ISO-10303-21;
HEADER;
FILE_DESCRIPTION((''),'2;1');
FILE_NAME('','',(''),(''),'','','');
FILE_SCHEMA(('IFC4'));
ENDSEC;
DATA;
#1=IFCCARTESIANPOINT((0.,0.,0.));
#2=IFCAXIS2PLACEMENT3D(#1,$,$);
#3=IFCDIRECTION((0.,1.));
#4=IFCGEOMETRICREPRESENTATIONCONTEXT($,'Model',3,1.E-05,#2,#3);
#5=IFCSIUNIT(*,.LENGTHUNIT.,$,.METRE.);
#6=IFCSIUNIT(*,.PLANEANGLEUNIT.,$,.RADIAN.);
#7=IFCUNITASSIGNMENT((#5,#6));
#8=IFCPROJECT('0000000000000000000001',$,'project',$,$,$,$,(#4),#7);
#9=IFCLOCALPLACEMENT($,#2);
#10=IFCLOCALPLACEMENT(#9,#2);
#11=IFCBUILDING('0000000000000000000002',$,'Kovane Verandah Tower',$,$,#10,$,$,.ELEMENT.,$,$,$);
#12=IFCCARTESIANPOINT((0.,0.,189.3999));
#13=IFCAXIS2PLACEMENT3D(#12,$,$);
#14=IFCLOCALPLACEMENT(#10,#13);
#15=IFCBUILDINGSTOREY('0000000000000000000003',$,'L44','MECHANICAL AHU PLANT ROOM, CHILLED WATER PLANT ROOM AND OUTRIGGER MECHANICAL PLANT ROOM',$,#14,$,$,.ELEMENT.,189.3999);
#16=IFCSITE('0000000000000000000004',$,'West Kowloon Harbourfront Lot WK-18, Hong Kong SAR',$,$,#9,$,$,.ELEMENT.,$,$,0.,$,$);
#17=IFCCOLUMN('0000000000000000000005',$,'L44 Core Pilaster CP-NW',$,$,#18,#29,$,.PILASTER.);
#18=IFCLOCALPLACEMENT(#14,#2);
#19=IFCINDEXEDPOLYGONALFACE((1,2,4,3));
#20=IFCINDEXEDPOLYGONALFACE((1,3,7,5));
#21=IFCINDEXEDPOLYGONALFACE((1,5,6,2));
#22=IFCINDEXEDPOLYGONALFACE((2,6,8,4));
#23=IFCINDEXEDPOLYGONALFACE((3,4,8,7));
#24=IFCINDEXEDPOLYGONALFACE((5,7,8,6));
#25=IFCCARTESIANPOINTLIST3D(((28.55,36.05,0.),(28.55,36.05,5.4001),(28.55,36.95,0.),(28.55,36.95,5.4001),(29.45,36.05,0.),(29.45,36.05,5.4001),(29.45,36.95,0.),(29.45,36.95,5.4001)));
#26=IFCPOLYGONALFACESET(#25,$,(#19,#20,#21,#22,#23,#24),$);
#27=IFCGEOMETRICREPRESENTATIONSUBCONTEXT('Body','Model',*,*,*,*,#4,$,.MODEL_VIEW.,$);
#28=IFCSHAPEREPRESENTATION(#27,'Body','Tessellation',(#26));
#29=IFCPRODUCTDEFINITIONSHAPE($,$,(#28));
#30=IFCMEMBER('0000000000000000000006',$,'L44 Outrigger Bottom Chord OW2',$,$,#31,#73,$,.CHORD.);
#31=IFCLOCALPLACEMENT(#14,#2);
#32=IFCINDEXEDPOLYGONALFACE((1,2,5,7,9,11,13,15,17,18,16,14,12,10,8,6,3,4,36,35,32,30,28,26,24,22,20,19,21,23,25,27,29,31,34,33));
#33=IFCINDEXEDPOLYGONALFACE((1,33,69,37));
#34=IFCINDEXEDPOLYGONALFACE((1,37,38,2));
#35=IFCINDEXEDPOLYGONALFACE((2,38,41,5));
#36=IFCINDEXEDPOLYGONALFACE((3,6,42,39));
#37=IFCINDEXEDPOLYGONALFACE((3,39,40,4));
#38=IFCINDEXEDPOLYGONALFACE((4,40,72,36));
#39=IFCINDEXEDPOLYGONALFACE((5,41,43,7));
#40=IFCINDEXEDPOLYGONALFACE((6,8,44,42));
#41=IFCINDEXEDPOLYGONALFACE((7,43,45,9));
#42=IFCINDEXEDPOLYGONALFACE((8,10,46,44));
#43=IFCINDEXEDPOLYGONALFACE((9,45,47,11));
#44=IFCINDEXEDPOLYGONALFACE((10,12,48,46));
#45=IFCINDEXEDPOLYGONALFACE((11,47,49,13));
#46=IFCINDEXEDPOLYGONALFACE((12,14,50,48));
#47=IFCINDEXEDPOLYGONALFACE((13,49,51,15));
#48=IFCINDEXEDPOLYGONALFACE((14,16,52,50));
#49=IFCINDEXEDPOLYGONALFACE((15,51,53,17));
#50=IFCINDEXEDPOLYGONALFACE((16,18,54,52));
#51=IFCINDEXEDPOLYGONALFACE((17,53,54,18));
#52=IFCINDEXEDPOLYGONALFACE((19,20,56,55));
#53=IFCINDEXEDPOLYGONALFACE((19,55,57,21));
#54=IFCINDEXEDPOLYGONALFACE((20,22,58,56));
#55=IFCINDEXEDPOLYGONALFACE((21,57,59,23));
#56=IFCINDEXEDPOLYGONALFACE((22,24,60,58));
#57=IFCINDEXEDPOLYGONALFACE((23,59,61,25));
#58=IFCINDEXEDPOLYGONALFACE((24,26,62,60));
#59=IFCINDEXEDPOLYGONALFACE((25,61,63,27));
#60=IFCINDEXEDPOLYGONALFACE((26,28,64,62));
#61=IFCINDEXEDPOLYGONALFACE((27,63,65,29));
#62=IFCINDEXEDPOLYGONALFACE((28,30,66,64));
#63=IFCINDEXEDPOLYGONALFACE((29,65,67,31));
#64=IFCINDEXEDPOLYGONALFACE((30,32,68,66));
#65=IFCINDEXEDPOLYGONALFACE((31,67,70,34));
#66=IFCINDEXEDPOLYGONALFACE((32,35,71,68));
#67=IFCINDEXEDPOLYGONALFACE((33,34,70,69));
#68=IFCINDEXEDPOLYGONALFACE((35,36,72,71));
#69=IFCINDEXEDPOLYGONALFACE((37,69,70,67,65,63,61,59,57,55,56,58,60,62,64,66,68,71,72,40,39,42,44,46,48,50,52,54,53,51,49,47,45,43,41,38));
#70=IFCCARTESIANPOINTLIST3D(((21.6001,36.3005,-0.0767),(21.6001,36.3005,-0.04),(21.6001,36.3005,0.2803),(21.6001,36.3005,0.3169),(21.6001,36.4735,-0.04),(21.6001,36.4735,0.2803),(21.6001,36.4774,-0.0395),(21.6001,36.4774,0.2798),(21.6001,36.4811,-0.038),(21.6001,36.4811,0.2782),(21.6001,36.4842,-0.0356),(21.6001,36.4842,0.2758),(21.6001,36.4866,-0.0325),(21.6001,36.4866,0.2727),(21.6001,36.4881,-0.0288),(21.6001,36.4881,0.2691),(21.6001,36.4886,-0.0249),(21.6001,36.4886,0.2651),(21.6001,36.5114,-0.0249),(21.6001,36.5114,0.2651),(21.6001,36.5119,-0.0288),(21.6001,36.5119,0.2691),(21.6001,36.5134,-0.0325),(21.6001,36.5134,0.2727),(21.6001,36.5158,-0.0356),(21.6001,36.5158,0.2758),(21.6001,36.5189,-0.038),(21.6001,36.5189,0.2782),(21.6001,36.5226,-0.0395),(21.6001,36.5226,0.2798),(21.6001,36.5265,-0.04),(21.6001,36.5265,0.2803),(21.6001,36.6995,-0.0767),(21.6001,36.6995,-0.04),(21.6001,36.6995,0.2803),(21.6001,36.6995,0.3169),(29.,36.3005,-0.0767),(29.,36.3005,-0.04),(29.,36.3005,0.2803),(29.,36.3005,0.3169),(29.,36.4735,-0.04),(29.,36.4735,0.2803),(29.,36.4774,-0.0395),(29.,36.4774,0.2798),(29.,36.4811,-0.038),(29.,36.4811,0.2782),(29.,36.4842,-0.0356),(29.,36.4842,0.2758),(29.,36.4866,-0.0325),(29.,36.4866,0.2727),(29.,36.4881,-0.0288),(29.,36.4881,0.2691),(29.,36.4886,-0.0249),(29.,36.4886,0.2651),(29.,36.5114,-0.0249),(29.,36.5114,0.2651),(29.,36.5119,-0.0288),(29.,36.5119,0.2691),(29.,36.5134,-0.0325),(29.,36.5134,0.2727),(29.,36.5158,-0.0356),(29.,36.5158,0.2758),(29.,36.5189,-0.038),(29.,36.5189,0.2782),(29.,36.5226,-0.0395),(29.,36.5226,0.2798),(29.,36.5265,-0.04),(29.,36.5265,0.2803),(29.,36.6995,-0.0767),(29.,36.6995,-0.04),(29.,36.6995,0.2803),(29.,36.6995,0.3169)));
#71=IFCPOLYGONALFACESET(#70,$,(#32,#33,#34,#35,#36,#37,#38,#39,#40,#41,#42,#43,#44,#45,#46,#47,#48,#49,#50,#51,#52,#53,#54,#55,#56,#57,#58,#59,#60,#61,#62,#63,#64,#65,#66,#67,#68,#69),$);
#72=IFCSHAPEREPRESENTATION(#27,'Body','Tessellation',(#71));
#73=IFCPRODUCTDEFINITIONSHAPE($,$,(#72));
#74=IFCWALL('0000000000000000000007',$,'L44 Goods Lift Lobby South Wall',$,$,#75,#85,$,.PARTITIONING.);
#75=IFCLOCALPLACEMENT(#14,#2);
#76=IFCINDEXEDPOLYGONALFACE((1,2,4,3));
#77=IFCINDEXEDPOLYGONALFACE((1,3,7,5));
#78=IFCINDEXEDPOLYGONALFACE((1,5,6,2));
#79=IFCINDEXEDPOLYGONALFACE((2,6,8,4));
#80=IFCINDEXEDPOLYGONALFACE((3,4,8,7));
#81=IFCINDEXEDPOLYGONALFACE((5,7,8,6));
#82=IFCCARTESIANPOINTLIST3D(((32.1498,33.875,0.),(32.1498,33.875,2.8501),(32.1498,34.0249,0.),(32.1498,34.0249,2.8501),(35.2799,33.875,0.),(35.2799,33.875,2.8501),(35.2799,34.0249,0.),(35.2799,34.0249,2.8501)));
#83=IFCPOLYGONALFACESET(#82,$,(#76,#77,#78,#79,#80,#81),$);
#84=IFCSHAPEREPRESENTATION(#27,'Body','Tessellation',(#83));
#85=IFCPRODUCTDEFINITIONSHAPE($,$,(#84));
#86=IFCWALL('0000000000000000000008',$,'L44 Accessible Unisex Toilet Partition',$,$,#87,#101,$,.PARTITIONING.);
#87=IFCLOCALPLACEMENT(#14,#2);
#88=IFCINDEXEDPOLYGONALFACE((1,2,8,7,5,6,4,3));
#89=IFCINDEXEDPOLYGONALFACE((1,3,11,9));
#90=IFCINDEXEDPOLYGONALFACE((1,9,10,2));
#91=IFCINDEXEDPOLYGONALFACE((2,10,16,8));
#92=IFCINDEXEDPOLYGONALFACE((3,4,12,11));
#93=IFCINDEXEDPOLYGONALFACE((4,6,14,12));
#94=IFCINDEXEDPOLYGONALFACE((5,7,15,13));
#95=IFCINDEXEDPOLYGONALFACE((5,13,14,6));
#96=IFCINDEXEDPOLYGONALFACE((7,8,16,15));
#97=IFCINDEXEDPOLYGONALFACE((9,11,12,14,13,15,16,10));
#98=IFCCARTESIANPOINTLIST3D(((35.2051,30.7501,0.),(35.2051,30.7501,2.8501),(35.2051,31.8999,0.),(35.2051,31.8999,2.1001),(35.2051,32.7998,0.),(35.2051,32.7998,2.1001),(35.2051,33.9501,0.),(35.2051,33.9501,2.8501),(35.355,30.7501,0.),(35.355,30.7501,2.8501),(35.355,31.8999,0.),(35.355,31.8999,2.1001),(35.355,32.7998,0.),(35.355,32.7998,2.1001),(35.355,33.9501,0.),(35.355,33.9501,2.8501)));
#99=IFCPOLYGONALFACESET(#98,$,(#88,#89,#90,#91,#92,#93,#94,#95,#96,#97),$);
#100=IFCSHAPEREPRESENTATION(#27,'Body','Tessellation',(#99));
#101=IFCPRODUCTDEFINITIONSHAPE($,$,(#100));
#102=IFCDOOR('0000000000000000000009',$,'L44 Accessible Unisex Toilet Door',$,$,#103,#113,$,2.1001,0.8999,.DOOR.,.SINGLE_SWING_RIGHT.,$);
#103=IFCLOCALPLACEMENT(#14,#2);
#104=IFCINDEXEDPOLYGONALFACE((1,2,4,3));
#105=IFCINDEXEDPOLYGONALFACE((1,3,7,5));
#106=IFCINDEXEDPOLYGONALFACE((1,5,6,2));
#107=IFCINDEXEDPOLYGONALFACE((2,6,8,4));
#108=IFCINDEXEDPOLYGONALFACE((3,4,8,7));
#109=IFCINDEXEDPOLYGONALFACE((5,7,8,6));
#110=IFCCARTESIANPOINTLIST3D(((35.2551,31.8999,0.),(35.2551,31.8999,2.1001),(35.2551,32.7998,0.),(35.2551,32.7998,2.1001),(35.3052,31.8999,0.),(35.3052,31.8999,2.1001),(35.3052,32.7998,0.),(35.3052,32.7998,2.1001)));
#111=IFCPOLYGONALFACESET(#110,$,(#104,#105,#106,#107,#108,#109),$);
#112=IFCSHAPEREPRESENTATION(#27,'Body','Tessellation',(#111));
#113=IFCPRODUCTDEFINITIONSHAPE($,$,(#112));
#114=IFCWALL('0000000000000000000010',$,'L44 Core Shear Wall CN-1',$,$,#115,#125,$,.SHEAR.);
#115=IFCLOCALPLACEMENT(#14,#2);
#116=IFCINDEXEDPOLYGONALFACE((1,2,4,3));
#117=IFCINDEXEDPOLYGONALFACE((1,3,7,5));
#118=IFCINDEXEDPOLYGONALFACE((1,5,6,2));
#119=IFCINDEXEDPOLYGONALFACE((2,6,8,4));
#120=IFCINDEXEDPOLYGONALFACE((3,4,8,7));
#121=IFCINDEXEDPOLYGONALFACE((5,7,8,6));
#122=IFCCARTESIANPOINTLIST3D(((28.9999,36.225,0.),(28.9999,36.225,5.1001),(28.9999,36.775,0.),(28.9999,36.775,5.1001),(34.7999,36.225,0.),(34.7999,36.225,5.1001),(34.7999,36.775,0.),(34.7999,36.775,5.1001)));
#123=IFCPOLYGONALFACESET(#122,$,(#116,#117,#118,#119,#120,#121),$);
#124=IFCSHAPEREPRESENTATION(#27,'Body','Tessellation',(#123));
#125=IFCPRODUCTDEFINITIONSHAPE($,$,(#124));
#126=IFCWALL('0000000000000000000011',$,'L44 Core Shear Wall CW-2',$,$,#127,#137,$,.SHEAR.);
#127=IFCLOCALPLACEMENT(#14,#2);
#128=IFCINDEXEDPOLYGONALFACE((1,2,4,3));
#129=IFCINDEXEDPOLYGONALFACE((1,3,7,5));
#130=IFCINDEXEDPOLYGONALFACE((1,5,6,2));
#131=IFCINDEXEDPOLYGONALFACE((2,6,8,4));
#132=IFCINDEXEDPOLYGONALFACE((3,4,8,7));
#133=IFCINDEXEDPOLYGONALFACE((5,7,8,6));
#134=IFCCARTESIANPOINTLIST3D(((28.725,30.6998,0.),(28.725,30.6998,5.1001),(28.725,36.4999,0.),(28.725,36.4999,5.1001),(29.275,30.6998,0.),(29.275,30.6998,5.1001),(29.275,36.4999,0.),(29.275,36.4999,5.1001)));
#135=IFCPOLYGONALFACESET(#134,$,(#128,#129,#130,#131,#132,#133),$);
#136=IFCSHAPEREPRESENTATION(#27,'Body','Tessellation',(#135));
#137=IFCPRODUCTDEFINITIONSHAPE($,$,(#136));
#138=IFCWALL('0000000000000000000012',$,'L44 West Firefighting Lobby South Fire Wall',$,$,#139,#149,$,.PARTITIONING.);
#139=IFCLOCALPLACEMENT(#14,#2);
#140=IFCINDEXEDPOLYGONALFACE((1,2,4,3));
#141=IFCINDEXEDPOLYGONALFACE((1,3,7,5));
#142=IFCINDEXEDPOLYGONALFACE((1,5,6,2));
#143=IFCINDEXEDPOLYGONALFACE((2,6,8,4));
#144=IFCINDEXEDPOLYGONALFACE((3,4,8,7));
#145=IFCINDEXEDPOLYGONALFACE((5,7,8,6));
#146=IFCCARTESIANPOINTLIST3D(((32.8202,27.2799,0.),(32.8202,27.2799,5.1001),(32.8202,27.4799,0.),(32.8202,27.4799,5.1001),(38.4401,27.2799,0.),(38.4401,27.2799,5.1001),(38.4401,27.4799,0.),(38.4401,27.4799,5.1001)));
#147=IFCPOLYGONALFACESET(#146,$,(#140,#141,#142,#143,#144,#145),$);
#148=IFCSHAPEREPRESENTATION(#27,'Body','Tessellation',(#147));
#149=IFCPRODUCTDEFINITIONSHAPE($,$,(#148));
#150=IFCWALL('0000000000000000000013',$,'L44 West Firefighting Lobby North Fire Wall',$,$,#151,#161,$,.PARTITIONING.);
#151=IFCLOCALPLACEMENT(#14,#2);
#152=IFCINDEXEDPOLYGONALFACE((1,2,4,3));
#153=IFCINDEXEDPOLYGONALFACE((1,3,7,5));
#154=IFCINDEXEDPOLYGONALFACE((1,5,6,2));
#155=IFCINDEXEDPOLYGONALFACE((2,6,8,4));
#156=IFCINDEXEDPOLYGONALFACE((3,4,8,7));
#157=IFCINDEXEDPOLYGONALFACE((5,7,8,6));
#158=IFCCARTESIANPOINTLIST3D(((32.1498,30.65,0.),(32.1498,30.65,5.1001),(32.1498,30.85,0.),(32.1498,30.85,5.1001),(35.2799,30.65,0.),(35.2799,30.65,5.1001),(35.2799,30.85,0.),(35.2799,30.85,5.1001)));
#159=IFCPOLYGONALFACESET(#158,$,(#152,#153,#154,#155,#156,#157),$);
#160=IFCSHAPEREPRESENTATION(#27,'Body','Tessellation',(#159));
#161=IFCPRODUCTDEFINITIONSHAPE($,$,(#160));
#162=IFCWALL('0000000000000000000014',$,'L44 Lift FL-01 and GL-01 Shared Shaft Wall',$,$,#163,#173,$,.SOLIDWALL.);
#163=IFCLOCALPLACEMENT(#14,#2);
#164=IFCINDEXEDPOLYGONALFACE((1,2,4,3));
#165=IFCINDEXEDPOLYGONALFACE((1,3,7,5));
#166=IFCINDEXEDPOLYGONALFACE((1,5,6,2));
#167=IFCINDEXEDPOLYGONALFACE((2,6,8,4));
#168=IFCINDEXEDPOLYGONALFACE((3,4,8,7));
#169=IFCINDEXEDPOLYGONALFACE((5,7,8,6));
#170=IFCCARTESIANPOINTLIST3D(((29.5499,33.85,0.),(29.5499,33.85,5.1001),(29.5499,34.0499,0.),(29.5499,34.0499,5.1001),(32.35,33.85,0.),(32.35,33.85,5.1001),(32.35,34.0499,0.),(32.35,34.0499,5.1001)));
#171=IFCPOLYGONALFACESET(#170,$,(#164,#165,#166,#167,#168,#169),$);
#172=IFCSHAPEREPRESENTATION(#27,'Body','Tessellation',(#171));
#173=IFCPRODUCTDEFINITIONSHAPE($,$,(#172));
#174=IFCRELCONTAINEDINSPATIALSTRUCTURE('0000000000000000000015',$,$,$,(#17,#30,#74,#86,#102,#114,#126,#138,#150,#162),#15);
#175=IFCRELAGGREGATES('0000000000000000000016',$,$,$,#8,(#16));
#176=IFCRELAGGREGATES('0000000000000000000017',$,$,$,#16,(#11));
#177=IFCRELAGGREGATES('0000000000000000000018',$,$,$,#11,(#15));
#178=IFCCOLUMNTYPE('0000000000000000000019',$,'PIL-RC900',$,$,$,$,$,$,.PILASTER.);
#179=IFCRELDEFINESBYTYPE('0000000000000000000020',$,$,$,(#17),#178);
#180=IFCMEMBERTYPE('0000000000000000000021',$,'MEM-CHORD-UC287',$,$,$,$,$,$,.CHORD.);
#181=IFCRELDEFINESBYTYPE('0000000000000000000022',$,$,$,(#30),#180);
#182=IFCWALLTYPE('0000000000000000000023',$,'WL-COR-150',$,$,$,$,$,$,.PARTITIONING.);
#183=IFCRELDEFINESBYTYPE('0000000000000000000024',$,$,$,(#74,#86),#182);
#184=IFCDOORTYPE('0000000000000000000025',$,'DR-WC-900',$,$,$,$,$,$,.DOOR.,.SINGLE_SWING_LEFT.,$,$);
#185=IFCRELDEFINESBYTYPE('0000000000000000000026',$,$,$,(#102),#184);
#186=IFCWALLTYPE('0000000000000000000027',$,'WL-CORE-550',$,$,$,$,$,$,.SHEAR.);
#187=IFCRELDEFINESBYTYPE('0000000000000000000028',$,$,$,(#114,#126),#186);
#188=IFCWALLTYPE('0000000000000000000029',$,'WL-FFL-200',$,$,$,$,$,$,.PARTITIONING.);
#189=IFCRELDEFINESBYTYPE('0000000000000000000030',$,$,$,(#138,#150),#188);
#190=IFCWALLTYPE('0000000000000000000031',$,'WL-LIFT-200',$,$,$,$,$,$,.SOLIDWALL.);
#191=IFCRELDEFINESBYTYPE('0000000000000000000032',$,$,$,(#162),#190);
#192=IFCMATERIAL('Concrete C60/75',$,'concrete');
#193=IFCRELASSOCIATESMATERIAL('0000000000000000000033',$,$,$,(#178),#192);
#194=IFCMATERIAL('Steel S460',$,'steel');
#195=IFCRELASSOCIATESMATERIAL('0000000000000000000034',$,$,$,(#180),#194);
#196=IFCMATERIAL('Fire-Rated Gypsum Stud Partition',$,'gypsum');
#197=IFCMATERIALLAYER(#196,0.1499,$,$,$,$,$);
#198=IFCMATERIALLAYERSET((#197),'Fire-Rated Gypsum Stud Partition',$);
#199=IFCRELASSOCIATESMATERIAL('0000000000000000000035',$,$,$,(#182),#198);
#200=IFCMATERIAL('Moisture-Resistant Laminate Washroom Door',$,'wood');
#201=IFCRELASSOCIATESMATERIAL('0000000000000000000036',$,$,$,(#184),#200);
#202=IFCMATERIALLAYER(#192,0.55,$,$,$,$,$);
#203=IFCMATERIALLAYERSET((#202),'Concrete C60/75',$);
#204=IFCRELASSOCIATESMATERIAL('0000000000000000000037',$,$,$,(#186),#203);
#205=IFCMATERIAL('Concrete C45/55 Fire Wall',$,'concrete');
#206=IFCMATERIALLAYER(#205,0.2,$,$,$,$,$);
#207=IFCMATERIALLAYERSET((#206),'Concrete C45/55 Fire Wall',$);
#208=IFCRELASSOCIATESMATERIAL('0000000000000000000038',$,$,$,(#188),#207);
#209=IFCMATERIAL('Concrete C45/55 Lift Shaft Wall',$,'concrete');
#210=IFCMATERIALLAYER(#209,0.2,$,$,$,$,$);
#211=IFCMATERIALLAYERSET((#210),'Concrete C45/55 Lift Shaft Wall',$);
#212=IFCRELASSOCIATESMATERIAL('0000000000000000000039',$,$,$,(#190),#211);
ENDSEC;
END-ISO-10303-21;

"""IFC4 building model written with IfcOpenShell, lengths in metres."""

from ifc_helpers import new_model, si_unit, direction, frame, frame_2d, origin, origin_2d, place, context, subcontext, project, spatial, rectangle, i_section, extrude, material, layer, layer_set, material_profile, profile_set, type_object, element, fill, save


model = new_model("IFC4")

# Units and contexts
model_context = context("Model", 3, precision=1e-05, world=origin(), true_north=direction((0.0, 1.0)))
body_context = subcontext(model_context, "Body", "Model", "MODEL_VIEW")
ifc_project = project(units=[si_unit("LENGTHUNIT", "METRE"), si_unit("PLANEANGLEUNIT", "RADIAN")], contexts=[model_context])

# Site, building, storey
site_placement = place(None, origin())
site = spatial("IfcSite", under=ifc_project, at=site_placement, Name="West Kowloon Harbourfront Lot WK-18, Hong Kong SAR", CompositionType="ELEMENT", RefElevation=0.0)
building_placement = place(site_placement, origin())
building = spatial("IfcBuilding", under=site, at=building_placement, Name="Kovane Verandah Tower", CompositionType="ELEMENT")
storey_placement = place(building_placement, frame((0.0, 0.0, 189.3999)))
storey = spatial("IfcBuildingStorey", under=building, at=storey_placement, Name="L44", Description="MECHANICAL AHU PLANT ROOM, CHILLED WATER PLANT ROOM AND OUTRIGGER MECHANICAL PLANT ROOM", CompositionType="ELEMENT", Elevation=189.3999)

# Column
ifc_material_1 = material(Name="Concrete C60/75", Category="concrete")
ifc_material_profile_1 = material_profile(ifc_material_1, rectangle(XDim=0.8999, YDim=0.8999, at=origin_2d()), Name="RC900x900")
ifc_profile_set_1 = profile_set([ifc_material_profile_1], Name="Concrete C60/75")
column_type = type_object("IfcColumnType", Name="PIL-RC900", PredefinedType="PILASTER", material=ifc_profile_set_1)
column_placement = place(storey_placement, frame((29.0, 36.5, 0.0), z_axis=(0.0, 0.0, 1.0), x_axis=(1.0, 0.0, 0.0)))
element("IfcColumn", 1, at=column_placement, inside=storey, type_object=column_type, Name="L44 Core Pilaster CP-NW", PredefinedType="PILASTER", context=body_context, shape_type="SweptSolid", body=[
    extrude(rectangle(XDim=0.8999, YDim=0.8999, at=origin_2d()), origin(), (0.0, 0.0, 1.0), 5.4001),
])

# Member
ifc_material_2 = material(Name="Steel S460", Category="steel")
ifc_material_profile_2 = material_profile(ifc_material_2, i_section(OverallWidth=0.3989, OverallDepth=0.3936, WebThickness=0.0227, FlangeThickness=0.0366, FilletRadius=0.0151, at=origin_2d()), Name="UC356x406x287")
ifc_profile_set_2 = profile_set([ifc_material_profile_2], Name="Steel S460")
member_type = type_object("IfcMemberType", Name="MEM-CHORD-UC287", PredefinedType="CHORD", material=ifc_profile_set_2)
member_placement = place(storey_placement, frame((29.0, 36.5, 0.1201), z_axis=(-1.0, 0.0, 0.0), x_axis=(0.0, -1.0, 0.0)))
element("IfcMember", 2, at=member_placement, inside=storey, type_object=member_type, Name="L44 Outrigger Bottom Chord OW2", PredefinedType="CHORD", context=body_context, shape_type="SweptSolid", body=[
    extrude(i_section(OverallWidth=0.3989, OverallDepth=0.3936, WebThickness=0.0227, FlangeThickness=0.0366, FilletRadius=0.0151, at=origin_2d()), origin(), (0.0, 0.0, 1.0), 7.3999),
])

# Wall
ifc_material_3 = material(Name="Fire-Rated Gypsum Stud Partition", Category="gypsum")
ifc_layer_1 = layer(ifc_material_3, 0.1499)
ifc_layer_set_1 = layer_set([ifc_layer_1], Name="Fire-Rated Gypsum Stud Partition")
wall_type_1 = type_object("IfcWallType", Name="WL-COR-150", PredefinedType="PARTITIONING", material=ifc_layer_set_1)
wall_1_placement = place(storey_placement, frame((32.1499, 33.95, 0.0), z_axis=(0.0, 0.0, 1.0), x_axis=(1.0, 0.0, 0.0)))
element("IfcWall", 3, at=wall_1_placement, inside=storey, type_object=wall_type_1, Name="L44 Goods Lift Lobby South Wall", PredefinedType="PARTITIONING", context=body_context, shape_type="SweptSolid", body=[
    extrude(rectangle(XDim=3.1301, YDim=0.1499, at=frame_2d((1.5649, 0.0))), origin(), (0.0, 0.0, 1.0), 2.8501),
])

# Wall, opening, door
wall_2_placement = place(storey_placement, frame((35.28, 30.75, 0.0), z_axis=(0.0, 0.0, 1.0), x_axis=(0.0, 1.0, 0.0)))
wall_2 = element("IfcWall", 4, at=wall_2_placement, inside=storey, type_object=wall_type_1, Name="L44 Accessible Unisex Toilet Partition", PredefinedType="PARTITIONING", context=body_context, shape_type="SweptSolid", body=[
    extrude(rectangle(XDim=3.2, YDim=0.1499, at=frame_2d((1.6001, 0.0))), origin(), (0.0, 0.0, 1.0), 2.8501),
])
opening_1_placement = place(wall_2_placement, frame((1.1499, 0.0, 0.0)))
opening_1 = element("IfcOpeningElement", 5, at=opening_1_placement, cuts=wall_2, PredefinedType="OPENING", context=body_context, shape_type="SweptSolid", body=[
    extrude(rectangle(XDim=0.8999, YDim=2.1001, at=frame_2d((0.45, 1.05))), frame((0.0, 0.075, 0.0), z_axis=(0.0, -1.0, 0.0), x_axis=(1.0, 0.0, 0.0)), (0.0, 0.0, 1.0), 0.1499),
])
ifc_material_4 = material(Name="Moisture-Resistant Laminate Washroom Door", Category="wood")
door_type_1 = type_object("IfcDoorType", Name="DR-WC-900", OperationType="SINGLE_SWING_LEFT", PredefinedType="DOOR", material=ifc_material_4)
door_1_placement = place(opening_1_placement, origin())
door_1 = element("IfcDoor", 6, at=door_1_placement, inside=storey, type_object=door_type_1, Name="L44 Accessible Unisex Toilet Door", OperationType="SINGLE_SWING_RIGHT", OverallHeight=2.1001, OverallWidth=0.8999, PredefinedType="DOOR", context=body_context, shape_type="SweptSolid", body=[
    extrude(rectangle(XDim=0.8999, YDim=2.1001, at=frame_2d((0.45, 1.05))), frame((0.0, 0.0249, 0.0), z_axis=(0.0, -1.0, 0.0), x_axis=(1.0, 0.0, 0.0)), (0.0, 0.0, 1.0), 0.05),
])
fill(opening_1, door_1)

# Walls
ifc_layer_2 = layer(ifc_material_1, 0.55)
ifc_layer_set_2 = layer_set([ifc_layer_2], Name="Concrete C60/75")
wall_type_2 = type_object("IfcWallType", Name="WL-CORE-550", PredefinedType="SHEAR", material=ifc_layer_set_2)
for number, where, z_axis, x_axis, name in (
    (7, (29.0, 36.5, 0.0), (0.0, 0.0, 1.0), (1.0, 0.0, 0.0), "L44 Core Shear Wall CN-1"),
    (8, (29.0, 30.7, 0.0), (0.0, 0.0, 1.0), (0.0, 1.0, 0.0), "L44 Core Shear Wall CW-2"),
):
    element("IfcWall", number, at=place(storey_placement, frame(where, z_axis=z_axis, x_axis=x_axis)), inside=storey, type_object=wall_type_2, Name=name, PredefinedType="SHEAR", context=body_context, shape_type="SweptSolid", body=[
        extrude(rectangle(XDim=5.8, YDim=0.55, at=frame_2d((2.8999, 0.0))), origin(), (0.0, 0.0, 1.0), 5.1001),
    ])

# Shared definitions
ifc_material_5 = material(Name="Concrete C45/55 Fire Wall", Category="concrete")
ifc_layer_3 = layer(ifc_material_5, 0.2)
ifc_layer_set_3 = layer_set([ifc_layer_3], Name="Concrete C45/55 Fire Wall")
wall_type_3 = type_object("IfcWallType", Name="WL-FFL-200", PredefinedType="PARTITIONING", material=ifc_layer_set_3)

# Walls
wall_3_placement = place(storey_placement, frame((32.8201, 27.3799, 0.0), z_axis=(0.0, 0.0, 1.0), x_axis=(1.0, 0.0, 0.0)))
element("IfcWall", 9, at=wall_3_placement, inside=storey, type_object=wall_type_3, Name="L44 West Firefighting Lobby South Fire Wall", PredefinedType="PARTITIONING", context=body_context, shape_type="SweptSolid", body=[
    extrude(rectangle(XDim=5.6199, YDim=0.2, at=frame_2d((2.8101, 0.0))), origin(), (0.0, 0.0, 1.0), 5.1001),
])
wall_4_placement = place(storey_placement, frame((32.1499, 30.75, 0.0), z_axis=(0.0, 0.0, 1.0), x_axis=(1.0, 0.0, 0.0)))
element("IfcWall", 10, at=wall_4_placement, inside=storey, type_object=wall_type_3, Name="L44 West Firefighting Lobby North Fire Wall", PredefinedType="PARTITIONING", context=body_context, shape_type="SweptSolid", body=[
    extrude(rectangle(XDim=3.1301, YDim=0.2, at=frame_2d((1.5649, 0.0))), origin(), (0.0, 0.0, 1.0), 5.1001),
])

# Shared definitions
ifc_material_6 = material(Name="Concrete C45/55 Lift Shaft Wall", Category="concrete")
ifc_layer_4 = layer(ifc_material_6, 0.2)
ifc_layer_set_4 = layer_set([ifc_layer_4], Name="Concrete C45/55 Lift Shaft Wall")
wall_type_4 = type_object("IfcWallType", Name="WL-LIFT-200", PredefinedType="SOLIDWALL", material=ifc_layer_set_4)

# Wall
wall_5_placement = place(storey_placement, frame((29.55, 33.95, 0.0), z_axis=(0.0, 0.0, 1.0), x_axis=(1.0, 0.0, 0.0)))
element("IfcWall", 11, at=wall_5_placement, inside=storey, type_object=wall_type_4, Name="L44 Lift FL-01 and GL-01 Shared Shaft Wall", PredefinedType="SOLIDWALL", context=body_context, shape_type="SweptSolid", body=[
    extrude(rectangle(XDim=2.8, YDim=0.2, at=frame_2d((1.3999, 0.0))), origin(), (0.0, 0.0, 1.0), 5.1001),
])

save(model, "model.ifc")
